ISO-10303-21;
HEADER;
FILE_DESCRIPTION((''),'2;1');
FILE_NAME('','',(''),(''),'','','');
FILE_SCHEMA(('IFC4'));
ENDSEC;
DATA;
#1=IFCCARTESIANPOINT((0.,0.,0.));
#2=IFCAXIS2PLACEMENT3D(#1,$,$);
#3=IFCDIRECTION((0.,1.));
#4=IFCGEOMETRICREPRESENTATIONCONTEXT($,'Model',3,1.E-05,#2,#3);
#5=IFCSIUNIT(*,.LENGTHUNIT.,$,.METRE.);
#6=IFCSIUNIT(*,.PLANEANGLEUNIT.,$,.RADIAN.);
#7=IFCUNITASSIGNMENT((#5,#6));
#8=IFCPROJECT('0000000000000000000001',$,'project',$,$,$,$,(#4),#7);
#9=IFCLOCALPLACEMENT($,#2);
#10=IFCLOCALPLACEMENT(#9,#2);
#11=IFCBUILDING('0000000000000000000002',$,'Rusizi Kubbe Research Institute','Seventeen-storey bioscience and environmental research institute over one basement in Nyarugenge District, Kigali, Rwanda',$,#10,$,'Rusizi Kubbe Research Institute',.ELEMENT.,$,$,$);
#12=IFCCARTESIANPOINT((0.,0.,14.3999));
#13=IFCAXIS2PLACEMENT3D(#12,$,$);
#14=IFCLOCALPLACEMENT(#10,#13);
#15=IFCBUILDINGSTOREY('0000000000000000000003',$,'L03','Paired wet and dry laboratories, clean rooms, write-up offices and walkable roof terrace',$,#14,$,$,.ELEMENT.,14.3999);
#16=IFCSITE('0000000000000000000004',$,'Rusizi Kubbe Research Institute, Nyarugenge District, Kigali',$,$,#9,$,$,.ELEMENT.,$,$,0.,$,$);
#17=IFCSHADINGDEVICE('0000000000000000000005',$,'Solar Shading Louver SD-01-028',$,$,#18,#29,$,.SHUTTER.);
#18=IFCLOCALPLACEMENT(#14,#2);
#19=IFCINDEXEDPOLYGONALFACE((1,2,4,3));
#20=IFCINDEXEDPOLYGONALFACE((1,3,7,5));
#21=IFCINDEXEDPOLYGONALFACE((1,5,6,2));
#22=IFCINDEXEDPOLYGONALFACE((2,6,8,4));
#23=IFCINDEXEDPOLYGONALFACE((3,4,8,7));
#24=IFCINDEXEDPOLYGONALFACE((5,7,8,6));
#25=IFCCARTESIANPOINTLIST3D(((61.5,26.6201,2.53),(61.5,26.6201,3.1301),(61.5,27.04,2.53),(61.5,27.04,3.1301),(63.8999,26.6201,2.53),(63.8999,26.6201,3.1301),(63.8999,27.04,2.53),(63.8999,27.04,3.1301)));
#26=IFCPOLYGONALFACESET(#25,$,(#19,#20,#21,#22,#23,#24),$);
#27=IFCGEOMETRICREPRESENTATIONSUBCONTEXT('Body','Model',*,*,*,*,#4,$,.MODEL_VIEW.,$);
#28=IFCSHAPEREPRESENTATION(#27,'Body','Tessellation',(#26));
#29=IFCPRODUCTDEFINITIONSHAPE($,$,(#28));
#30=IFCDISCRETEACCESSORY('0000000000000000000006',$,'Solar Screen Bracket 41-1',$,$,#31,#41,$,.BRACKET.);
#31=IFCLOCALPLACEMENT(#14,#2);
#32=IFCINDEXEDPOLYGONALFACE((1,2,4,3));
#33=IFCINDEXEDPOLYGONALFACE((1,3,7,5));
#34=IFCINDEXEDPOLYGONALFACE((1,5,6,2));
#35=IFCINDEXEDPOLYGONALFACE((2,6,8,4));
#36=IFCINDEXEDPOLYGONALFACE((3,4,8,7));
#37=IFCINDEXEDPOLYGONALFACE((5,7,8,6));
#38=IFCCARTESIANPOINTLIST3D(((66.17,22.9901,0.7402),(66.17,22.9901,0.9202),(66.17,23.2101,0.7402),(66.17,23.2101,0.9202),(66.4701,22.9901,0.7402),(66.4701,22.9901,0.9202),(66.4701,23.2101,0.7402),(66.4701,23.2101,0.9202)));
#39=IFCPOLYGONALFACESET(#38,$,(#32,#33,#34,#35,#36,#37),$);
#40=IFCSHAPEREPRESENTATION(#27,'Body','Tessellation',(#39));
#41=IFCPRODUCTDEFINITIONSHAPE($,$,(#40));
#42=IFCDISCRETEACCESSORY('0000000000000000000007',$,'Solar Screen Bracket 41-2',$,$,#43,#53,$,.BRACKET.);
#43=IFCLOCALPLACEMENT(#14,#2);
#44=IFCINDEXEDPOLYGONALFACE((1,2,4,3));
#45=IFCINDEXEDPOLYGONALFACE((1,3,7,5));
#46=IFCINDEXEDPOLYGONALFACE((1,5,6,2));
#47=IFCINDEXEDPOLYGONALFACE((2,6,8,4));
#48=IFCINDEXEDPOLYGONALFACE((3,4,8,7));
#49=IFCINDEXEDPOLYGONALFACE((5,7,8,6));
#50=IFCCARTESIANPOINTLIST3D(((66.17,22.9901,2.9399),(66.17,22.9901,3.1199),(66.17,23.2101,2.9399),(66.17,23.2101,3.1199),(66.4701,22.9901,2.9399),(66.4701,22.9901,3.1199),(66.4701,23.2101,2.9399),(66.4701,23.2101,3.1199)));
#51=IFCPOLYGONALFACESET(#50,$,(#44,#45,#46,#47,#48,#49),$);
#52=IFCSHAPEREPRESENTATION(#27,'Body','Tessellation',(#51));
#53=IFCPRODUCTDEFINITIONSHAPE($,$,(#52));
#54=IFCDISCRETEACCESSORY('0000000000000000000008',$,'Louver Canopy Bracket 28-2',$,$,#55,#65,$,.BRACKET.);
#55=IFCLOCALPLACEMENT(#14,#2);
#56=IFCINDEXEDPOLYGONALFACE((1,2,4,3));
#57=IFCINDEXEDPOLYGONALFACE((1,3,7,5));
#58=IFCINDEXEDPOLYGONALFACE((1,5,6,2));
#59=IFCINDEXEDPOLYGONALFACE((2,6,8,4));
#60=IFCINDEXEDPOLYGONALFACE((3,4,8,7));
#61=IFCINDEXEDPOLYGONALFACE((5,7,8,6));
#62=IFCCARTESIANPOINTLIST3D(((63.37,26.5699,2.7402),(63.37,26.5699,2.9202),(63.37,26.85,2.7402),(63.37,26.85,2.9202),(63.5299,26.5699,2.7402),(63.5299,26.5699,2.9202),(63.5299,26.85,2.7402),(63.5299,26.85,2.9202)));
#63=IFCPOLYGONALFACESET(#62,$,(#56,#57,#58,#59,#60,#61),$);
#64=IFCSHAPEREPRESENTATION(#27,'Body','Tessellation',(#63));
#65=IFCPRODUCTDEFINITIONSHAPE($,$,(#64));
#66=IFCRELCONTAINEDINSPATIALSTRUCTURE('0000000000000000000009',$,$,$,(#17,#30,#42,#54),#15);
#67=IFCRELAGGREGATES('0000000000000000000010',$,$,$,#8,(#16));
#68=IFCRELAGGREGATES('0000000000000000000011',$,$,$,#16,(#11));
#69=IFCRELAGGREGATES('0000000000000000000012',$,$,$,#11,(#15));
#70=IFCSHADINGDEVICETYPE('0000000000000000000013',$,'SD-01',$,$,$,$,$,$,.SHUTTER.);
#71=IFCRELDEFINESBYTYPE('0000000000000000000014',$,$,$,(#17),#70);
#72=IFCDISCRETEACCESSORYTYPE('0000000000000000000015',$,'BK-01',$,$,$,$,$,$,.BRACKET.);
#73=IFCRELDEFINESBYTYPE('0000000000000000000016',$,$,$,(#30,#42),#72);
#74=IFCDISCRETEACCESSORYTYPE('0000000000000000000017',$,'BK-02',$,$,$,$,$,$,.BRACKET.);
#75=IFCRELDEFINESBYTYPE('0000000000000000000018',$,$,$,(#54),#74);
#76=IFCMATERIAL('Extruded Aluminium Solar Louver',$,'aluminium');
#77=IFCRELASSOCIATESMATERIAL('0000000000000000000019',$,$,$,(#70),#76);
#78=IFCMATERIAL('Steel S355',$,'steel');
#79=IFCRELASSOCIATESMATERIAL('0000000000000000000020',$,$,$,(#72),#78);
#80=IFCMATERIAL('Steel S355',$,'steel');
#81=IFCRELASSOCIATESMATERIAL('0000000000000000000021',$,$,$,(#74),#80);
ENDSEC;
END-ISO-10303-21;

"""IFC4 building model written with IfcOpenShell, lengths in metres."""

from ifc_helpers import new_model, si_unit, direction, frame, origin, origin_2d, place, context, subcontext, project, spatial, rectangle, extrude, material, type_object, element, save


model = new_model("IFC4")

# Units and contexts
model_context = context("Model", 3, precision=1e-05, world=origin(), true_north=direction((0.0, 1.0)))
body_context = subcontext(model_context, "Body", "Model", "MODEL_VIEW")
ifc_project = project(units=[si_unit("LENGTHUNIT", "METRE"), si_unit("PLANEANGLEUNIT", "RADIAN")], contexts=[model_context])

# Site, building, storey
site_placement = place(None, origin())
site = spatial("IfcSite", under=ifc_project, at=site_placement, Name="Rusizi Kubbe Research Institute, Nyarugenge District, Kigali", CompositionType="ELEMENT", RefElevation=0.0)
building_placement = place(site_placement, origin())
building = spatial("IfcBuilding", under=site, at=building_placement, Name="Rusizi Kubbe Research Institute", Description="Seventeen-storey bioscience and environmental research institute over one basement in Nyarugenge District, Kigali, Rwanda", LongName="Rusizi Kubbe Research Institute", CompositionType="ELEMENT")
storey_placement = place(building_placement, frame((0.0, 0.0, 14.3999)))
storey = spatial("IfcBuildingStorey", under=building, at=storey_placement, Name="L03", Description="Paired wet and dry laboratories, clean rooms, write-up offices and walkable roof terrace", CompositionType="ELEMENT", Elevation=14.3999)

# Shading device
ifc_material_1 = material(Name="Extruded Aluminium Solar Louver", Category="aluminium")
shading_device_type = type_object("IfcShadingDeviceType", Name="SD-01", PredefinedType="SHUTTER", material=ifc_material_1)
shading_device_placement = place(storey_placement, frame((62.7, 26.8301, 2.53), z_axis=(0.0, 0.0, 1.0), x_axis=(1.0, 0.0, 0.0)))
element("IfcShadingDevice", 1, at=shading_device_placement, inside=storey, type_object=shading_device_type, Name="Solar Shading Louver SD-01-028", PredefinedType="SHUTTER", context=body_context, shape_type="SweptSolid", body=[
    extrude(rectangle(XDim=2.3999, YDim=0.4199, at=origin_2d()), origin(), (0.0, 0.0, 1.0), 0.6001),
])

# Discrete accessories
ifc_material_2 = material(Name="Steel S355", Category="steel")
discrete_accessory_type_1 = type_object("IfcDiscreteAccessoryType", Name="BK-01", PredefinedType="BRACKET", material=ifc_material_2)
for number, where, z_axis, x_axis, name in (
    (2, (66.3201, 23.1001, 0.7402), (0.0, 0.0, 1.0), (1.0, 0.0, 0.0), "Solar Screen Bracket 41-1"),
    (3, (66.3201, 23.1001, 2.9399), (0.0, 0.0, 1.0), (1.0, 0.0, 0.0), "Solar Screen Bracket 41-2"),
):
    element("IfcDiscreteAccessory", number, at=place(storey_placement, frame(where, z_axis=z_axis, x_axis=x_axis)), inside=storey, type_object=discrete_accessory_type_1, Name=name, PredefinedType="BRACKET", context=body_context, shape_type="SweptSolid", body=[
        extrude(rectangle(XDim=0.3, YDim=0.22, at=origin_2d()), origin(), (0.0, 0.0, 1.0), 0.1799),
    ])
ifc_material_3 = material(Name="Steel S355", Category="steel")
discrete_accessory_type_2 = type_object("IfcDiscreteAccessoryType", Name="BK-02", PredefinedType="BRACKET", material=ifc_material_3)
discrete_accessory_placement = place(storey_placement, frame((63.45, 26.71, 2.7402), z_axis=(0.0, 0.0, 1.0), x_axis=(1.0, 0.0, 0.0)))
element("IfcDiscreteAccessory", 4, at=discrete_accessory_placement, inside=storey, type_object=discrete_accessory_type_2, Name="Louver Canopy Bracket 28-2", PredefinedType="BRACKET", context=body_context, shape_type="SweptSolid", body=[
    extrude(rectangle(XDim=0.1599, YDim=0.28, at=origin_2d()), origin(), (0.0, 0.0, 1.0), 0.1799),
])

save(model, "model.ifc")
